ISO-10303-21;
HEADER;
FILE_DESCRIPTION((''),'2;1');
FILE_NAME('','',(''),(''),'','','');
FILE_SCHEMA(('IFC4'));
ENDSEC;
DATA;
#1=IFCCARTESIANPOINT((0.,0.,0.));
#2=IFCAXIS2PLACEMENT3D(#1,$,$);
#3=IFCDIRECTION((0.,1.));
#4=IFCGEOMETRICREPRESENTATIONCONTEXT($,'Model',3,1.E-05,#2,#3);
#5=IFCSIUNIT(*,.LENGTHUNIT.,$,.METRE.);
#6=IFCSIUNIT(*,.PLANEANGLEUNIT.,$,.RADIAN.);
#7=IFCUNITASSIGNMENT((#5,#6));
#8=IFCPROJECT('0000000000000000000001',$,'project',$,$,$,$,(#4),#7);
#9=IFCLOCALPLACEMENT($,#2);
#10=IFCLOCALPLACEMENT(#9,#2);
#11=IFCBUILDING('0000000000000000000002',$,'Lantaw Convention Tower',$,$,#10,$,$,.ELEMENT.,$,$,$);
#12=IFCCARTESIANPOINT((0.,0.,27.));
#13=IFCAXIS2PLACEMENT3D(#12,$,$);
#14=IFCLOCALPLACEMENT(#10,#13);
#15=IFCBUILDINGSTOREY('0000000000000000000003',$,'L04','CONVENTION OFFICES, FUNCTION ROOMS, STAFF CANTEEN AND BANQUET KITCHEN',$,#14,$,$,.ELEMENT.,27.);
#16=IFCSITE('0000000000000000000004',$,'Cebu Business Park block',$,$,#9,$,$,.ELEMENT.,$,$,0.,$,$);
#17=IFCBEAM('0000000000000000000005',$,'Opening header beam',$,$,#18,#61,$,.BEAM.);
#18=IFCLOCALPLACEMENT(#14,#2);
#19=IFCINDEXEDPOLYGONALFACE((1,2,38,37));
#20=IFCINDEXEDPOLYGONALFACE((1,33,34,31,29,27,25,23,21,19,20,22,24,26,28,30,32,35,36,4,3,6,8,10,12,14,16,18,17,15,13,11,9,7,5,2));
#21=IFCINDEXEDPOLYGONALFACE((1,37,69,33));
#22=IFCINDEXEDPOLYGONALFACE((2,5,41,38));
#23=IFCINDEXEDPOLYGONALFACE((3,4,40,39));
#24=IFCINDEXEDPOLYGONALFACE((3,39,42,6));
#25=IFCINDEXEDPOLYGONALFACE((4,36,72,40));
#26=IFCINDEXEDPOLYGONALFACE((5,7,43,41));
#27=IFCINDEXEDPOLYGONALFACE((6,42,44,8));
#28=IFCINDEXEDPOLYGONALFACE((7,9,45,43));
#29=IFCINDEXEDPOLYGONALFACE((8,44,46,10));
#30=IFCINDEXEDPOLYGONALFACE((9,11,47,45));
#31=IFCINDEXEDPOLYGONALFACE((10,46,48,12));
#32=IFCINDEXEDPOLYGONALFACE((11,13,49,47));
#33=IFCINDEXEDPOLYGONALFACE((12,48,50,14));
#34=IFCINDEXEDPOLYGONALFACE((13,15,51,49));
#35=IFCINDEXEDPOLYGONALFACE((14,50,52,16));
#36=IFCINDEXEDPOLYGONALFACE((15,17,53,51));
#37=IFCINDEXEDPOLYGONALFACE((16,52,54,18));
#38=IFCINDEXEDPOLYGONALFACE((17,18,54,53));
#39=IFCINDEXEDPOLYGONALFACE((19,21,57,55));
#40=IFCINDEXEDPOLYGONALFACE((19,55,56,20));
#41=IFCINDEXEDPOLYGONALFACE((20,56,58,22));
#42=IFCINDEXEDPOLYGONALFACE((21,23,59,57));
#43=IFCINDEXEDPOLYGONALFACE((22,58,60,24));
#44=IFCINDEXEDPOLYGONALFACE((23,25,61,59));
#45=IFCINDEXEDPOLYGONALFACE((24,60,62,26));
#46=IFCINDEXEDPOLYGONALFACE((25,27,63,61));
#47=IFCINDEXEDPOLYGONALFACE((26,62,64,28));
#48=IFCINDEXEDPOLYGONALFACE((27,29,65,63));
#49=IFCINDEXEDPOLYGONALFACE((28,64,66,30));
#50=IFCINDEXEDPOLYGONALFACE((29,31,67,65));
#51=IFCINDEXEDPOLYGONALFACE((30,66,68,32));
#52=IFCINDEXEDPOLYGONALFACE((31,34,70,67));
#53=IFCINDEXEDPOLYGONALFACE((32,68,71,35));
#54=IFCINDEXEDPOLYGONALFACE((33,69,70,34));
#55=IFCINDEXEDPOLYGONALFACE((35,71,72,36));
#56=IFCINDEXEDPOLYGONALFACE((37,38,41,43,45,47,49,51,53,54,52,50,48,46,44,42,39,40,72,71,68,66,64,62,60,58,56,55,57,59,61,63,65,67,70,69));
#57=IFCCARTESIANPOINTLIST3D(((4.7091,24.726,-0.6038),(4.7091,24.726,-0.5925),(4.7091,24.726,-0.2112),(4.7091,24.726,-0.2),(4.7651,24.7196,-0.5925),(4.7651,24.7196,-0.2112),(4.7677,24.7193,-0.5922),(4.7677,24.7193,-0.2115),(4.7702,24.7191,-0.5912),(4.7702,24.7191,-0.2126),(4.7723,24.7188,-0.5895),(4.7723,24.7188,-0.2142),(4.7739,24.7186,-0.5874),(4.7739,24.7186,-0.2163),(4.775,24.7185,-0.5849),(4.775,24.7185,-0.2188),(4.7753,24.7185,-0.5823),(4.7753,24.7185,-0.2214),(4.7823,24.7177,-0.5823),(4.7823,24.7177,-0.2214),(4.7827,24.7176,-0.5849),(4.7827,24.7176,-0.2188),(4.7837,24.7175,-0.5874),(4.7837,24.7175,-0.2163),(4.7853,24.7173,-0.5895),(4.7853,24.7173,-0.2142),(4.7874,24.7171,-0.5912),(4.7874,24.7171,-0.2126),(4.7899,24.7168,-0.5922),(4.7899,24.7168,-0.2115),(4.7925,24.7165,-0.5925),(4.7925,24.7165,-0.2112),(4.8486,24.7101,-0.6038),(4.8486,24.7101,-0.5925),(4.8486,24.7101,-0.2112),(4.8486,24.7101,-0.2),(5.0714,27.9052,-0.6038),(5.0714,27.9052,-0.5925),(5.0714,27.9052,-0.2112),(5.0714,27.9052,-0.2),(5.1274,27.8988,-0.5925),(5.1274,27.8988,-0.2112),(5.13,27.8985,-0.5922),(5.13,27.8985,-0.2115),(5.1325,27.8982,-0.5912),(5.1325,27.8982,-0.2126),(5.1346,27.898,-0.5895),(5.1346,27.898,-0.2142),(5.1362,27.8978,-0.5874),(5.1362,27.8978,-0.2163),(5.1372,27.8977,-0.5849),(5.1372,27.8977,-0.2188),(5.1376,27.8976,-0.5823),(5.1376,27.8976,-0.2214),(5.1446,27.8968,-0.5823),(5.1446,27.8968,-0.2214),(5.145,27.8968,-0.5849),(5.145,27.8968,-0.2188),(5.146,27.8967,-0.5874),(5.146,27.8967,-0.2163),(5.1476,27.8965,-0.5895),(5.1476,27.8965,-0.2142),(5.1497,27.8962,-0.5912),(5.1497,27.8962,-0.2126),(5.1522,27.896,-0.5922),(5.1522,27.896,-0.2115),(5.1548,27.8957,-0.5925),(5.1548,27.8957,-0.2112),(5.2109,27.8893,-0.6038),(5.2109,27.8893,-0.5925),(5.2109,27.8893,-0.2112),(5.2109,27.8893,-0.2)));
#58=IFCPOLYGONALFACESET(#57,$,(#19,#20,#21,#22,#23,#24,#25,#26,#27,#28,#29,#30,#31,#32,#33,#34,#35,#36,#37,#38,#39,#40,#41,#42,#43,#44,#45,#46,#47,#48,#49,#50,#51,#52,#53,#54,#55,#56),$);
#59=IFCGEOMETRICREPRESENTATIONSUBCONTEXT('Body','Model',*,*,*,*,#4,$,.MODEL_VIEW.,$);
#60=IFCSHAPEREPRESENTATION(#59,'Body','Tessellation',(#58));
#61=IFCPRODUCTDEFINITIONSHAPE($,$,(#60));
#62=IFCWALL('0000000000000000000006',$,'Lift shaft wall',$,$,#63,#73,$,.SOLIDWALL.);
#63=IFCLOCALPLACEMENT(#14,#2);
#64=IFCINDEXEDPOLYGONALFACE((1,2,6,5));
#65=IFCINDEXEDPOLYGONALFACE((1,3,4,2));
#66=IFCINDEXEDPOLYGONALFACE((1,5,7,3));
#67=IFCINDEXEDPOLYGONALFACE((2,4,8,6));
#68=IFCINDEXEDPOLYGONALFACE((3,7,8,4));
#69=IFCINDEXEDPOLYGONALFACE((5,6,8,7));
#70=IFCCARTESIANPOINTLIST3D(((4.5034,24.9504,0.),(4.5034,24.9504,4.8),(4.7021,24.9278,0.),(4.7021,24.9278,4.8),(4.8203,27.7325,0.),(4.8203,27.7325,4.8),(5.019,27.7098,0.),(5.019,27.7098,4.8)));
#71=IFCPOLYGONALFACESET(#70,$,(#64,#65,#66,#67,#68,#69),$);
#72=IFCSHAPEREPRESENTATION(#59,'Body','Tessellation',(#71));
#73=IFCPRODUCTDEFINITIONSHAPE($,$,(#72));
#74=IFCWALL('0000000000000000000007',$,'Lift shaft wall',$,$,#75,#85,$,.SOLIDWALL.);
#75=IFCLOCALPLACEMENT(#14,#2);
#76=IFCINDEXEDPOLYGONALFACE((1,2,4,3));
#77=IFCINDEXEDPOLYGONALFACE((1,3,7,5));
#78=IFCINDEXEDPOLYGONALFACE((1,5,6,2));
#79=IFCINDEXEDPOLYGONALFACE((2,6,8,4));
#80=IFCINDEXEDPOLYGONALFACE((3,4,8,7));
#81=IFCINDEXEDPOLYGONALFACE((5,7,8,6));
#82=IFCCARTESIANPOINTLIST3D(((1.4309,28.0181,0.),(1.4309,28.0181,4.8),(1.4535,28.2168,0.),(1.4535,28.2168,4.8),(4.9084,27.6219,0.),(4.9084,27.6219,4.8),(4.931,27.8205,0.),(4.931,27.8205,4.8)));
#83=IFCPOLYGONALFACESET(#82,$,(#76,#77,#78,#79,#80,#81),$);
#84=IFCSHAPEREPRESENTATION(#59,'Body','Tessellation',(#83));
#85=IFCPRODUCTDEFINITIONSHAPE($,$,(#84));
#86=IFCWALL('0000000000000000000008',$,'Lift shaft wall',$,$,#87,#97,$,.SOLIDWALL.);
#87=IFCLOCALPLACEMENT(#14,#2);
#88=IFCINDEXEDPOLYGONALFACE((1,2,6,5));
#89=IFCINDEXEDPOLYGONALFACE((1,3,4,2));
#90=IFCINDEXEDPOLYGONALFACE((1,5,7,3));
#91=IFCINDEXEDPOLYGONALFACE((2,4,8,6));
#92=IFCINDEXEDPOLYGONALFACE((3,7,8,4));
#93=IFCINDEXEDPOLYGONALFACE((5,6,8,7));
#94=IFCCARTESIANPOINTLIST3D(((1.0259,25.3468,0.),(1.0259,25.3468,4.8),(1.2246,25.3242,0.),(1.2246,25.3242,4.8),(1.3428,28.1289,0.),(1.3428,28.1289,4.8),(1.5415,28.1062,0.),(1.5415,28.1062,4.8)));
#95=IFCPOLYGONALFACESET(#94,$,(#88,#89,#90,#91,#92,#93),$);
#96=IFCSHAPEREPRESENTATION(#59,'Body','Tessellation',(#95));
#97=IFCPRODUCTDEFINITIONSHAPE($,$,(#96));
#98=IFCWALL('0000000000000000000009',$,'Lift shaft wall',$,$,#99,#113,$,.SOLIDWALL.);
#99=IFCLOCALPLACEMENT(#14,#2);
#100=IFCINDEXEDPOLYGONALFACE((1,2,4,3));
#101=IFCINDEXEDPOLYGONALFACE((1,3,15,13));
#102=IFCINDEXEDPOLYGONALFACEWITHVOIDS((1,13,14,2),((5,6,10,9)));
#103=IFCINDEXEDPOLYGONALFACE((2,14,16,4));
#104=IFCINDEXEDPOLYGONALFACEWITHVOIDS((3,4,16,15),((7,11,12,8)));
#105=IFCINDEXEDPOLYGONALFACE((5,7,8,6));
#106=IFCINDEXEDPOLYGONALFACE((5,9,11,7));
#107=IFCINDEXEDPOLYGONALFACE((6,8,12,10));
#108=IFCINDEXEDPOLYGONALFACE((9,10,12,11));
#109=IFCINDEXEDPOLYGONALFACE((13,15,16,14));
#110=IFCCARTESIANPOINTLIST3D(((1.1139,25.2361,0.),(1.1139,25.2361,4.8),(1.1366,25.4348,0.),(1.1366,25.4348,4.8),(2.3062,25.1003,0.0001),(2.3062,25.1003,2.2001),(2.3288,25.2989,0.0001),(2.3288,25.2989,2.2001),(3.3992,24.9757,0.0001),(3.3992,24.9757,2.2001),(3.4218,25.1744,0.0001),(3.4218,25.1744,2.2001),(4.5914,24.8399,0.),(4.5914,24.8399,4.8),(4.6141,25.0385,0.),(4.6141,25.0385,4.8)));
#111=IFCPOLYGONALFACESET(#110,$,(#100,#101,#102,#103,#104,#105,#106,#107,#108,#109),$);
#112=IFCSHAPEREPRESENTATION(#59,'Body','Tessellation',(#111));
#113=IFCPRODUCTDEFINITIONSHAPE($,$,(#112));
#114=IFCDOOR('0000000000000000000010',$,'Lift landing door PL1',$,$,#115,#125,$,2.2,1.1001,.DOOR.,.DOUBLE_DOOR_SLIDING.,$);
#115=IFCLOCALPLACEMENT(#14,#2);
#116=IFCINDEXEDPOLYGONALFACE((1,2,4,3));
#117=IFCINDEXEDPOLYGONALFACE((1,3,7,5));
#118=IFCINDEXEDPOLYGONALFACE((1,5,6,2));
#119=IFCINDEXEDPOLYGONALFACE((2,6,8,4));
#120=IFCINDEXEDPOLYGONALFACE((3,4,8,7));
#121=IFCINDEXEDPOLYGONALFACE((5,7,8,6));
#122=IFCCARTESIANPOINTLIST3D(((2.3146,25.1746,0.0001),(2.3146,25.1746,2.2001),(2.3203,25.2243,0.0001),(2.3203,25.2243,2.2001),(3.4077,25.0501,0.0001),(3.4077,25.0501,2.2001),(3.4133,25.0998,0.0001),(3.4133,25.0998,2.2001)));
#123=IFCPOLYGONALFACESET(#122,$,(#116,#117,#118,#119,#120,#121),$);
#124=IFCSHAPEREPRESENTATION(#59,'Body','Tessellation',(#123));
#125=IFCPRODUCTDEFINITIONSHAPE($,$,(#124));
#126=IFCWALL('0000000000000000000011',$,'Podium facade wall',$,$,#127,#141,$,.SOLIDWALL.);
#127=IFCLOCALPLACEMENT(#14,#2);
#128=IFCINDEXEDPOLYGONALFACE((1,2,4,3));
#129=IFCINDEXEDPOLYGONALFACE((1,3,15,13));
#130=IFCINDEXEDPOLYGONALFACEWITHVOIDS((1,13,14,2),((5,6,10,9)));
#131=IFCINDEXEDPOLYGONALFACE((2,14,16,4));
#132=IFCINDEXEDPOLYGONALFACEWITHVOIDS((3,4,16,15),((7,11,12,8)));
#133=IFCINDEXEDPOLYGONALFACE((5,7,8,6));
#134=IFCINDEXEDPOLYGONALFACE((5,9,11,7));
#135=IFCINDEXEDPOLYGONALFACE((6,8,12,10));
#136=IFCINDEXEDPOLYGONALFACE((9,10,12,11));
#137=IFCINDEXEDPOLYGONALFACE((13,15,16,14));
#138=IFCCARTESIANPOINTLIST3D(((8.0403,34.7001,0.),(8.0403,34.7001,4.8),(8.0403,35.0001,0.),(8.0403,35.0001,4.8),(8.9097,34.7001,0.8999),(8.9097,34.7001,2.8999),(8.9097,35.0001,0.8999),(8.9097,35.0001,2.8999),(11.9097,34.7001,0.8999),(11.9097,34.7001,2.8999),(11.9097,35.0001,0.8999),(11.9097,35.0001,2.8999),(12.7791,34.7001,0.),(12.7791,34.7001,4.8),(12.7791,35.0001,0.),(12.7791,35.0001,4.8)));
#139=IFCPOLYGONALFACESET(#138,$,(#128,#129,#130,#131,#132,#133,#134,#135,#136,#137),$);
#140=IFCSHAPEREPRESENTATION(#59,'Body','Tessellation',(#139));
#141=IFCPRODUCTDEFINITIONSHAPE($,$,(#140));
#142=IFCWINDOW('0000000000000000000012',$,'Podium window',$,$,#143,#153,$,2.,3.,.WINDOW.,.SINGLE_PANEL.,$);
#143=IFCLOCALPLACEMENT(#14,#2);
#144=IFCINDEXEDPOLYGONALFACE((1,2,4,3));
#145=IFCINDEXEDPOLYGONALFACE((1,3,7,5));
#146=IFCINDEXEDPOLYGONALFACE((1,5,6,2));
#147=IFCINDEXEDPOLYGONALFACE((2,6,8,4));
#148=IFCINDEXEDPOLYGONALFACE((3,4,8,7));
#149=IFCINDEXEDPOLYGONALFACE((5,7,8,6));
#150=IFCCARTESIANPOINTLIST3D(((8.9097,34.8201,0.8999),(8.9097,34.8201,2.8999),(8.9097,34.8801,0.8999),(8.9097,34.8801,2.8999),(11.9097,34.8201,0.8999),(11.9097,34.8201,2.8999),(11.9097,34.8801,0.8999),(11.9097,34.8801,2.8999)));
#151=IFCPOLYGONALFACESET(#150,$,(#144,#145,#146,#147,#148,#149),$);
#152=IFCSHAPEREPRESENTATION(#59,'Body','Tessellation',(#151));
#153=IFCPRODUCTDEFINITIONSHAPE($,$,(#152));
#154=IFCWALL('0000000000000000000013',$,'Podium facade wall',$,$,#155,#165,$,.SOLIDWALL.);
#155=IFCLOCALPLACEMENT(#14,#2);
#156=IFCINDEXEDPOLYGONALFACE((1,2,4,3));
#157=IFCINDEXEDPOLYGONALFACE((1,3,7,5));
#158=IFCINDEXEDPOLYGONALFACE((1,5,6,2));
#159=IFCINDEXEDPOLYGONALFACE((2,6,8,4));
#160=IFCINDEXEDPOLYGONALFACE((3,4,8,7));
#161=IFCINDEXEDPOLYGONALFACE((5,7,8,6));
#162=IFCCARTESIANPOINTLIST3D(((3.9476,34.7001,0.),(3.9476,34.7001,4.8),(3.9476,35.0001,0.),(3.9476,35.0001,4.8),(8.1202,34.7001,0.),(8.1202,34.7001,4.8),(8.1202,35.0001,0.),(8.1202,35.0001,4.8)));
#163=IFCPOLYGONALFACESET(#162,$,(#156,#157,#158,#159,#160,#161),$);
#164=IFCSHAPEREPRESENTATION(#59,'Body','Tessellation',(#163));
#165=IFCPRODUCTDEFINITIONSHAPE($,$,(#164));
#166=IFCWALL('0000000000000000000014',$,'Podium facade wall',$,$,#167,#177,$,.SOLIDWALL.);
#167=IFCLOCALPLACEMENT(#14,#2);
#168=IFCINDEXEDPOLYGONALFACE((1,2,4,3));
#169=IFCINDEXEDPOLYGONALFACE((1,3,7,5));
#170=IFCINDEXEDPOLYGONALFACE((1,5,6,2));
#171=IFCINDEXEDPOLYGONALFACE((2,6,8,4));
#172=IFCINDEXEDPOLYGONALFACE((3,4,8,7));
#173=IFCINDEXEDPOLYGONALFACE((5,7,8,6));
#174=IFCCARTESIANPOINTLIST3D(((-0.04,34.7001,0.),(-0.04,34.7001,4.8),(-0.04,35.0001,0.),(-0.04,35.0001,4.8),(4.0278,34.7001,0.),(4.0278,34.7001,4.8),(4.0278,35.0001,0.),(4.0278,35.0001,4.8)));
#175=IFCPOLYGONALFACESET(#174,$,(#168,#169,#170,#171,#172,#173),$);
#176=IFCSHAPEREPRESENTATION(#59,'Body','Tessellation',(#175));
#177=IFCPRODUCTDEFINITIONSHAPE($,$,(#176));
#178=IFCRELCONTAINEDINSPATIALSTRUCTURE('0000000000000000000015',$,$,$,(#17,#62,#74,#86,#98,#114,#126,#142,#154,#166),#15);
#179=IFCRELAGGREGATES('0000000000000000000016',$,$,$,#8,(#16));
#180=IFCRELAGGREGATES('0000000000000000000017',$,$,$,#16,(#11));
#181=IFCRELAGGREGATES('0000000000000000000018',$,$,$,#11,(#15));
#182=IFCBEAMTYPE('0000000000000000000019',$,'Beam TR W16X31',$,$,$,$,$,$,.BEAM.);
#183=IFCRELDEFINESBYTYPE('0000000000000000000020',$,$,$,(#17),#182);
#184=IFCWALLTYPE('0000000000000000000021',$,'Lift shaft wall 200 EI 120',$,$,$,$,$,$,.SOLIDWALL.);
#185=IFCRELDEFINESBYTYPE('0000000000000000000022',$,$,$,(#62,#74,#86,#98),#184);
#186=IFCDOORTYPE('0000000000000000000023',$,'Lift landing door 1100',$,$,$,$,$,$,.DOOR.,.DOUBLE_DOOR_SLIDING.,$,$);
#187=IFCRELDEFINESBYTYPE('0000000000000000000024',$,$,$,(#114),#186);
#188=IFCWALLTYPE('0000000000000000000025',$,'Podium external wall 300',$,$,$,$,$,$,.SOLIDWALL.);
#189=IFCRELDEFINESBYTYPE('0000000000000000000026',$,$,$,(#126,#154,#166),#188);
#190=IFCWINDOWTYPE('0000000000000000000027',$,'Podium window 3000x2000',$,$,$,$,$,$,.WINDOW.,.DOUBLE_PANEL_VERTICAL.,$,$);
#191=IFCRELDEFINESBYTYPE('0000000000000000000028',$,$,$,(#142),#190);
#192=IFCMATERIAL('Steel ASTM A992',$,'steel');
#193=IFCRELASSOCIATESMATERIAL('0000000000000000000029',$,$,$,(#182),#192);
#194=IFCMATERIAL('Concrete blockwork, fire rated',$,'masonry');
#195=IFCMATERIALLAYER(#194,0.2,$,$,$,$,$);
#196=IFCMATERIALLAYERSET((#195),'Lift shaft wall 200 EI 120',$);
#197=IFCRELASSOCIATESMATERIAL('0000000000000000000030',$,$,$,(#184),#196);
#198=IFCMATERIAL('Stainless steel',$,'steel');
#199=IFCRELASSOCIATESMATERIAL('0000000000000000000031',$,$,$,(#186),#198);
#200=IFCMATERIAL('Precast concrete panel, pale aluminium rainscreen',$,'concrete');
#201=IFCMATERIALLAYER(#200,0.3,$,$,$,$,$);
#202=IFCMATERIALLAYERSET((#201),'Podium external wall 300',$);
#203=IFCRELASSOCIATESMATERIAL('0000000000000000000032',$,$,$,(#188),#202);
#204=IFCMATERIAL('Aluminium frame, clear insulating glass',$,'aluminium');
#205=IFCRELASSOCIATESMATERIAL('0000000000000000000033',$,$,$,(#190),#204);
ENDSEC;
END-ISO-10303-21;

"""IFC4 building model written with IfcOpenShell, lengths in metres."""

from ifc_helpers import new_model, si_unit, direction, frame, frame_2d, origin, origin_2d, place, context, subcontext, project, spatial, rectangle, i_section, extrude, material, layer, layer_set, material_profile, profile_set, type_object, element, fill, save


model = new_model("IFC4")

# Units and contexts
model_context = context("Model", 3, precision=1e-05, world=origin(), true_north=direction((0.0, 1.0)))
body_context = subcontext(model_context, "Body", "Model", "MODEL_VIEW")
ifc_project = project(units=[si_unit("LENGTHUNIT", "METRE"), si_unit("PLANEANGLEUNIT", "RADIAN")], contexts=[model_context])

# Site, building, storey
site_placement = place(None, origin())
site = spatial("IfcSite", under=ifc_project, at=site_placement, Name="Cebu Business Park block", CompositionType="ELEMENT", RefElevation=0.0)
building_placement = place(site_placement, origin())
building = spatial("IfcBuilding", under=site, at=building_placement, Name="Lantaw Convention Tower", CompositionType="ELEMENT")
storey_placement = place(building_placement, frame((0.0, 0.0, 27.0)))
storey = spatial("IfcBuildingStorey", under=building, at=storey_placement, Name="L04", Description="CONVENTION OFFICES, FUNCTION ROOMS, STAFF CANTEEN AND BANQUET KITCHEN", CompositionType="ELEMENT", Elevation=27.0)

# Beam
ifc_material_1 = material(Name="Steel ASTM A992", Category="steel")
ifc_material_profile_1 = material_profile(ifc_material_1, i_section(OverallWidth=0.1404, OverallDepth=0.4038, WebThickness=0.0071, FlangeThickness=0.0112, FilletRadius=0.0103, at=origin_2d()), Name="W16X31")
ifc_profile_set_1 = profile_set([ifc_material_profile_1], Name="Steel ASTM A992")
beam_type_1 = type_object("IfcBeamType", Name="Beam TR W16X31", PredefinedType="BEAM", material=ifc_profile_set_1)
beam_1_placement = place(storey_placement, frame((5.1411, 27.8972, -0.4019), z_axis=(-0.113228, -0.993569, 0.0), x_axis=(0.993569, -0.113228, 0.0)))
element("IfcBeam", 1, at=beam_1_placement, inside=storey, type_object=beam_type_1, Name="Opening header beam", PredefinedType="BEAM", context=body_context, shape_type="SweptSolid", body=[
    extrude(i_section(OverallWidth=0.1404, OverallDepth=0.4038, WebThickness=0.0071, FlangeThickness=0.0112, FilletRadius=0.0103, at=origin_2d()), origin(), (0.0, 0.0, 1.0), 3.1997),
])

# Walls
ifc_material_2 = material(Name="Concrete blockwork, fire rated", Category="masonry")
ifc_layer_1 = layer(ifc_material_2, 0.2)
ifc_layer_set_1 = layer_set([ifc_layer_1], Name="Lift shaft wall 200 EI 120")
wall_type_1 = type_object("IfcWallType", Name="Lift shaft wall 200 EI 120", PredefinedType="SOLIDWALL", material=ifc_layer_set_1)
wall_1_placement = place(storey_placement, frame((4.6028, 24.9392, 0.0), z_axis=(0.0, 0.0, 1.0), x_axis=(0.113178, 0.993575, 0.0)))
element("IfcWall", 2, at=wall_1_placement, inside=storey, type_object=wall_type_1, Name="Lift shaft wall", PredefinedType="SOLIDWALL", context=body_context, shape_type="SweptSolid", body=[
    extrude(rectangle(XDim=2.8, YDim=0.2, at=frame_2d((1.3999, 0.0))), origin(), (0.0, 0.0, 1.0), 4.8),
])
wall_2_placement = place(storey_placement, frame((4.9197, 27.7212, 0.0), z_axis=(0.0, 0.0, 1.0), x_axis=(-0.993571, 0.11321, 0.0)))
element("IfcWall", 3, at=wall_2_placement, inside=storey, type_object=wall_type_1, Name="Lift shaft wall", PredefinedType="SOLIDWALL", context=body_context, shape_type="SweptSolid", body=[
    extrude(rectangle(XDim=3.5, YDim=0.2, at=frame_2d((1.75, 0.0))), origin(), (0.0, 0.0, 1.0), 4.8),
])
wall_3_placement = place(storey_placement, frame((1.4421, 28.1174, 0.0), z_axis=(0.0, 0.0, 1.0), x_axis=(-0.113178, -0.993575, 0.0)))
element("IfcWall", 4, at=wall_3_placement, inside=storey, type_object=wall_type_1, Name="Lift shaft wall", PredefinedType="SOLIDWALL", context=body_context, shape_type="SweptSolid", body=[
    extrude(rectangle(XDim=2.8, YDim=0.2, at=frame_2d((1.3999, 0.0))), origin(), (0.0, 0.0, 1.0), 4.8),
])

# Wall, opening, door
wall_4_placement = place(storey_placement, frame((1.1252, 25.3354, 0.0), z_axis=(0.0, 0.0, 1.0), x_axis=(0.993571, -0.11321, 0.0)))
wall_4 = element("IfcWall", 5, at=wall_4_placement, inside=storey, type_object=wall_type_1, Name="Lift shaft wall", PredefinedType="SOLIDWALL", context=body_context, shape_type="SweptSolid", body=[
    extrude(rectangle(XDim=3.5, YDim=0.2, at=frame_2d((1.75, 0.0))), origin(), (0.0, 0.0, 1.0), 4.8),
])
opening_1_placement = place(wall_4_placement, frame((1.2, 0.0, 0.0)))
opening_1 = element("IfcOpeningElement", 6, at=opening_1_placement, cuts=wall_4, PredefinedType="OPENING", context=body_context, shape_type="SweptSolid", body=[
    extrude(rectangle(XDim=1.1001, YDim=2.2, at=frame_2d((0.55, 1.1001))), frame((0.0, 0.1099, 0.0), z_axis=(0.0, -1.0, 0.0), x_axis=(1.0, 0.0, 0.0)), (0.0, 0.0, 1.0), 0.22),
])
ifc_material_3 = material(Name="Stainless steel", Category="steel")
door_type_1 = type_object("IfcDoorType", Name="Lift landing door 1100", OperationType="DOUBLE_DOOR_SLIDING", PredefinedType="DOOR", material=ifc_material_3)
door_1_placement = place(opening_1_placement, origin())
door_1 = element("IfcDoor", 7, at=door_1_placement, inside=storey, type_object=door_type_1, Name="Lift landing door PL1", OperationType="DOUBLE_DOOR_SLIDING", OverallHeight=2.2, OverallWidth=1.1001, PredefinedType="DOOR", context=body_context, shape_type="SweptSolid", body=[
    extrude(rectangle(XDim=1.1001, YDim=2.2, at=frame_2d((0.55, 1.1001))), frame((0.0, 0.0249, 0.0), z_axis=(0.0, -1.0, 0.0), x_axis=(1.0, 0.0, 0.0)), (0.0, 0.0, 1.0), 0.05),
])
fill(opening_1, door_1)

# Wall, opening, window
ifc_material_4 = material(Name="Precast concrete panel, pale aluminium rainscreen", Category="concrete")
ifc_layer_2 = layer(ifc_material_4, 0.3)
ifc_layer_set_2 = layer_set([ifc_layer_2], Name="Podium external wall 300")
wall_type_2 = type_object("IfcWallType", Name="Podium external wall 300", PredefinedType="SOLIDWALL", material=ifc_layer_set_2)
wall_5_placement = place(storey_placement, frame((12.7791, 34.8501, 0.0), z_axis=(0.0, 0.0, 1.0), x_axis=(-1.0, 0.0, 0.0)))
wall_5 = element("IfcWall", 8, at=wall_5_placement, inside=storey, type_object=wall_type_2, Name="Podium facade wall", PredefinedType="SOLIDWALL", context=body_context, shape_type="SweptSolid", body=[
    extrude(rectangle(XDim=4.7388, YDim=0.3, at=frame_2d((2.3694, 0.0))), origin(), (0.0, 0.0, 1.0), 4.8),
])
opening_2_placement = place(wall_5_placement, frame((0.8694, 0.0, 0.8999)))
opening_2 = element("IfcOpeningElement", 9, at=opening_2_placement, cuts=wall_5, PredefinedType="OPENING", context=body_context, shape_type="SweptSolid", body=[
    extrude(rectangle(XDim=3.0, YDim=2.0, at=frame_2d((1.5, 1.0))), frame((0.0, 0.1599, 0.0), z_axis=(0.0, -1.0, 0.0), x_axis=(1.0, 0.0, 0.0)), (0.0, 0.0, 1.0), 0.3201),
])
ifc_material_5 = material(Name="Aluminium frame, clear insulating glass", Category="aluminium")
window_type = type_object("IfcWindowType", Name="Podium window 3000x2000", PartitioningType="DOUBLE_PANEL_VERTICAL", PredefinedType="WINDOW", material=ifc_material_5)
window_placement = place(opening_2_placement, origin())
window = element("IfcWindow", 10, at=window_placement, inside=storey, type_object=window_type, Name="Podium window", OverallHeight=2.0, OverallWidth=3.0, PartitioningType="SINGLE_PANEL", PredefinedType="WINDOW", context=body_context, shape_type="SweptSolid", body=[
    extrude(rectangle(XDim=3.0, YDim=2.0, at=frame_2d((1.5, 1.0))), frame((0.0, 0.03, 0.0), z_axis=(0.0, -1.0, 0.0), x_axis=(1.0, 0.0, 0.0)), (0.0, 0.0, 1.0), 0.0601),
])
fill(opening_2, window)

# Walls
wall_6_placement = place(storey_placement, frame((8.1204, 34.8501, 0.0), z_axis=(0.0, 0.0, 1.0), x_axis=(-1.0, 0.0, 0.0)))
element("IfcWall", 11, at=wall_6_placement, inside=storey, type_object=wall_type_2, Name="Podium facade wall", PredefinedType="SOLIDWALL", context=body_context, shape_type="SweptSolid", body=[
    extrude(rectangle(XDim=4.1726, YDim=0.3, at=frame_2d((2.0864, 0.0))), origin(), (0.0, 0.0, 1.0), 4.8),
])
for number, where, z_axis, x_axis, name in (
    (12, (4.0278, 34.8501, 0.0), (0.0, 0.0, 1.0), (-1.0, 0.0, 0.0), "Podium facade wall"),
):
    element("IfcWall", number, at=place(storey_placement, frame(where, z_axis=z_axis, x_axis=x_axis)), inside=storey, type_object=wall_type_2, Name=name, PredefinedType="SOLIDWALL", context=body_context, shape_type="SweptSolid", body=[
        extrude(rectangle(XDim=4.0679, YDim=0.3, at=frame_2d((2.0339, 0.0))), origin(), (0.0, 0.0, 1.0), 4.8),
    ])

save(model, "model.ifc")
